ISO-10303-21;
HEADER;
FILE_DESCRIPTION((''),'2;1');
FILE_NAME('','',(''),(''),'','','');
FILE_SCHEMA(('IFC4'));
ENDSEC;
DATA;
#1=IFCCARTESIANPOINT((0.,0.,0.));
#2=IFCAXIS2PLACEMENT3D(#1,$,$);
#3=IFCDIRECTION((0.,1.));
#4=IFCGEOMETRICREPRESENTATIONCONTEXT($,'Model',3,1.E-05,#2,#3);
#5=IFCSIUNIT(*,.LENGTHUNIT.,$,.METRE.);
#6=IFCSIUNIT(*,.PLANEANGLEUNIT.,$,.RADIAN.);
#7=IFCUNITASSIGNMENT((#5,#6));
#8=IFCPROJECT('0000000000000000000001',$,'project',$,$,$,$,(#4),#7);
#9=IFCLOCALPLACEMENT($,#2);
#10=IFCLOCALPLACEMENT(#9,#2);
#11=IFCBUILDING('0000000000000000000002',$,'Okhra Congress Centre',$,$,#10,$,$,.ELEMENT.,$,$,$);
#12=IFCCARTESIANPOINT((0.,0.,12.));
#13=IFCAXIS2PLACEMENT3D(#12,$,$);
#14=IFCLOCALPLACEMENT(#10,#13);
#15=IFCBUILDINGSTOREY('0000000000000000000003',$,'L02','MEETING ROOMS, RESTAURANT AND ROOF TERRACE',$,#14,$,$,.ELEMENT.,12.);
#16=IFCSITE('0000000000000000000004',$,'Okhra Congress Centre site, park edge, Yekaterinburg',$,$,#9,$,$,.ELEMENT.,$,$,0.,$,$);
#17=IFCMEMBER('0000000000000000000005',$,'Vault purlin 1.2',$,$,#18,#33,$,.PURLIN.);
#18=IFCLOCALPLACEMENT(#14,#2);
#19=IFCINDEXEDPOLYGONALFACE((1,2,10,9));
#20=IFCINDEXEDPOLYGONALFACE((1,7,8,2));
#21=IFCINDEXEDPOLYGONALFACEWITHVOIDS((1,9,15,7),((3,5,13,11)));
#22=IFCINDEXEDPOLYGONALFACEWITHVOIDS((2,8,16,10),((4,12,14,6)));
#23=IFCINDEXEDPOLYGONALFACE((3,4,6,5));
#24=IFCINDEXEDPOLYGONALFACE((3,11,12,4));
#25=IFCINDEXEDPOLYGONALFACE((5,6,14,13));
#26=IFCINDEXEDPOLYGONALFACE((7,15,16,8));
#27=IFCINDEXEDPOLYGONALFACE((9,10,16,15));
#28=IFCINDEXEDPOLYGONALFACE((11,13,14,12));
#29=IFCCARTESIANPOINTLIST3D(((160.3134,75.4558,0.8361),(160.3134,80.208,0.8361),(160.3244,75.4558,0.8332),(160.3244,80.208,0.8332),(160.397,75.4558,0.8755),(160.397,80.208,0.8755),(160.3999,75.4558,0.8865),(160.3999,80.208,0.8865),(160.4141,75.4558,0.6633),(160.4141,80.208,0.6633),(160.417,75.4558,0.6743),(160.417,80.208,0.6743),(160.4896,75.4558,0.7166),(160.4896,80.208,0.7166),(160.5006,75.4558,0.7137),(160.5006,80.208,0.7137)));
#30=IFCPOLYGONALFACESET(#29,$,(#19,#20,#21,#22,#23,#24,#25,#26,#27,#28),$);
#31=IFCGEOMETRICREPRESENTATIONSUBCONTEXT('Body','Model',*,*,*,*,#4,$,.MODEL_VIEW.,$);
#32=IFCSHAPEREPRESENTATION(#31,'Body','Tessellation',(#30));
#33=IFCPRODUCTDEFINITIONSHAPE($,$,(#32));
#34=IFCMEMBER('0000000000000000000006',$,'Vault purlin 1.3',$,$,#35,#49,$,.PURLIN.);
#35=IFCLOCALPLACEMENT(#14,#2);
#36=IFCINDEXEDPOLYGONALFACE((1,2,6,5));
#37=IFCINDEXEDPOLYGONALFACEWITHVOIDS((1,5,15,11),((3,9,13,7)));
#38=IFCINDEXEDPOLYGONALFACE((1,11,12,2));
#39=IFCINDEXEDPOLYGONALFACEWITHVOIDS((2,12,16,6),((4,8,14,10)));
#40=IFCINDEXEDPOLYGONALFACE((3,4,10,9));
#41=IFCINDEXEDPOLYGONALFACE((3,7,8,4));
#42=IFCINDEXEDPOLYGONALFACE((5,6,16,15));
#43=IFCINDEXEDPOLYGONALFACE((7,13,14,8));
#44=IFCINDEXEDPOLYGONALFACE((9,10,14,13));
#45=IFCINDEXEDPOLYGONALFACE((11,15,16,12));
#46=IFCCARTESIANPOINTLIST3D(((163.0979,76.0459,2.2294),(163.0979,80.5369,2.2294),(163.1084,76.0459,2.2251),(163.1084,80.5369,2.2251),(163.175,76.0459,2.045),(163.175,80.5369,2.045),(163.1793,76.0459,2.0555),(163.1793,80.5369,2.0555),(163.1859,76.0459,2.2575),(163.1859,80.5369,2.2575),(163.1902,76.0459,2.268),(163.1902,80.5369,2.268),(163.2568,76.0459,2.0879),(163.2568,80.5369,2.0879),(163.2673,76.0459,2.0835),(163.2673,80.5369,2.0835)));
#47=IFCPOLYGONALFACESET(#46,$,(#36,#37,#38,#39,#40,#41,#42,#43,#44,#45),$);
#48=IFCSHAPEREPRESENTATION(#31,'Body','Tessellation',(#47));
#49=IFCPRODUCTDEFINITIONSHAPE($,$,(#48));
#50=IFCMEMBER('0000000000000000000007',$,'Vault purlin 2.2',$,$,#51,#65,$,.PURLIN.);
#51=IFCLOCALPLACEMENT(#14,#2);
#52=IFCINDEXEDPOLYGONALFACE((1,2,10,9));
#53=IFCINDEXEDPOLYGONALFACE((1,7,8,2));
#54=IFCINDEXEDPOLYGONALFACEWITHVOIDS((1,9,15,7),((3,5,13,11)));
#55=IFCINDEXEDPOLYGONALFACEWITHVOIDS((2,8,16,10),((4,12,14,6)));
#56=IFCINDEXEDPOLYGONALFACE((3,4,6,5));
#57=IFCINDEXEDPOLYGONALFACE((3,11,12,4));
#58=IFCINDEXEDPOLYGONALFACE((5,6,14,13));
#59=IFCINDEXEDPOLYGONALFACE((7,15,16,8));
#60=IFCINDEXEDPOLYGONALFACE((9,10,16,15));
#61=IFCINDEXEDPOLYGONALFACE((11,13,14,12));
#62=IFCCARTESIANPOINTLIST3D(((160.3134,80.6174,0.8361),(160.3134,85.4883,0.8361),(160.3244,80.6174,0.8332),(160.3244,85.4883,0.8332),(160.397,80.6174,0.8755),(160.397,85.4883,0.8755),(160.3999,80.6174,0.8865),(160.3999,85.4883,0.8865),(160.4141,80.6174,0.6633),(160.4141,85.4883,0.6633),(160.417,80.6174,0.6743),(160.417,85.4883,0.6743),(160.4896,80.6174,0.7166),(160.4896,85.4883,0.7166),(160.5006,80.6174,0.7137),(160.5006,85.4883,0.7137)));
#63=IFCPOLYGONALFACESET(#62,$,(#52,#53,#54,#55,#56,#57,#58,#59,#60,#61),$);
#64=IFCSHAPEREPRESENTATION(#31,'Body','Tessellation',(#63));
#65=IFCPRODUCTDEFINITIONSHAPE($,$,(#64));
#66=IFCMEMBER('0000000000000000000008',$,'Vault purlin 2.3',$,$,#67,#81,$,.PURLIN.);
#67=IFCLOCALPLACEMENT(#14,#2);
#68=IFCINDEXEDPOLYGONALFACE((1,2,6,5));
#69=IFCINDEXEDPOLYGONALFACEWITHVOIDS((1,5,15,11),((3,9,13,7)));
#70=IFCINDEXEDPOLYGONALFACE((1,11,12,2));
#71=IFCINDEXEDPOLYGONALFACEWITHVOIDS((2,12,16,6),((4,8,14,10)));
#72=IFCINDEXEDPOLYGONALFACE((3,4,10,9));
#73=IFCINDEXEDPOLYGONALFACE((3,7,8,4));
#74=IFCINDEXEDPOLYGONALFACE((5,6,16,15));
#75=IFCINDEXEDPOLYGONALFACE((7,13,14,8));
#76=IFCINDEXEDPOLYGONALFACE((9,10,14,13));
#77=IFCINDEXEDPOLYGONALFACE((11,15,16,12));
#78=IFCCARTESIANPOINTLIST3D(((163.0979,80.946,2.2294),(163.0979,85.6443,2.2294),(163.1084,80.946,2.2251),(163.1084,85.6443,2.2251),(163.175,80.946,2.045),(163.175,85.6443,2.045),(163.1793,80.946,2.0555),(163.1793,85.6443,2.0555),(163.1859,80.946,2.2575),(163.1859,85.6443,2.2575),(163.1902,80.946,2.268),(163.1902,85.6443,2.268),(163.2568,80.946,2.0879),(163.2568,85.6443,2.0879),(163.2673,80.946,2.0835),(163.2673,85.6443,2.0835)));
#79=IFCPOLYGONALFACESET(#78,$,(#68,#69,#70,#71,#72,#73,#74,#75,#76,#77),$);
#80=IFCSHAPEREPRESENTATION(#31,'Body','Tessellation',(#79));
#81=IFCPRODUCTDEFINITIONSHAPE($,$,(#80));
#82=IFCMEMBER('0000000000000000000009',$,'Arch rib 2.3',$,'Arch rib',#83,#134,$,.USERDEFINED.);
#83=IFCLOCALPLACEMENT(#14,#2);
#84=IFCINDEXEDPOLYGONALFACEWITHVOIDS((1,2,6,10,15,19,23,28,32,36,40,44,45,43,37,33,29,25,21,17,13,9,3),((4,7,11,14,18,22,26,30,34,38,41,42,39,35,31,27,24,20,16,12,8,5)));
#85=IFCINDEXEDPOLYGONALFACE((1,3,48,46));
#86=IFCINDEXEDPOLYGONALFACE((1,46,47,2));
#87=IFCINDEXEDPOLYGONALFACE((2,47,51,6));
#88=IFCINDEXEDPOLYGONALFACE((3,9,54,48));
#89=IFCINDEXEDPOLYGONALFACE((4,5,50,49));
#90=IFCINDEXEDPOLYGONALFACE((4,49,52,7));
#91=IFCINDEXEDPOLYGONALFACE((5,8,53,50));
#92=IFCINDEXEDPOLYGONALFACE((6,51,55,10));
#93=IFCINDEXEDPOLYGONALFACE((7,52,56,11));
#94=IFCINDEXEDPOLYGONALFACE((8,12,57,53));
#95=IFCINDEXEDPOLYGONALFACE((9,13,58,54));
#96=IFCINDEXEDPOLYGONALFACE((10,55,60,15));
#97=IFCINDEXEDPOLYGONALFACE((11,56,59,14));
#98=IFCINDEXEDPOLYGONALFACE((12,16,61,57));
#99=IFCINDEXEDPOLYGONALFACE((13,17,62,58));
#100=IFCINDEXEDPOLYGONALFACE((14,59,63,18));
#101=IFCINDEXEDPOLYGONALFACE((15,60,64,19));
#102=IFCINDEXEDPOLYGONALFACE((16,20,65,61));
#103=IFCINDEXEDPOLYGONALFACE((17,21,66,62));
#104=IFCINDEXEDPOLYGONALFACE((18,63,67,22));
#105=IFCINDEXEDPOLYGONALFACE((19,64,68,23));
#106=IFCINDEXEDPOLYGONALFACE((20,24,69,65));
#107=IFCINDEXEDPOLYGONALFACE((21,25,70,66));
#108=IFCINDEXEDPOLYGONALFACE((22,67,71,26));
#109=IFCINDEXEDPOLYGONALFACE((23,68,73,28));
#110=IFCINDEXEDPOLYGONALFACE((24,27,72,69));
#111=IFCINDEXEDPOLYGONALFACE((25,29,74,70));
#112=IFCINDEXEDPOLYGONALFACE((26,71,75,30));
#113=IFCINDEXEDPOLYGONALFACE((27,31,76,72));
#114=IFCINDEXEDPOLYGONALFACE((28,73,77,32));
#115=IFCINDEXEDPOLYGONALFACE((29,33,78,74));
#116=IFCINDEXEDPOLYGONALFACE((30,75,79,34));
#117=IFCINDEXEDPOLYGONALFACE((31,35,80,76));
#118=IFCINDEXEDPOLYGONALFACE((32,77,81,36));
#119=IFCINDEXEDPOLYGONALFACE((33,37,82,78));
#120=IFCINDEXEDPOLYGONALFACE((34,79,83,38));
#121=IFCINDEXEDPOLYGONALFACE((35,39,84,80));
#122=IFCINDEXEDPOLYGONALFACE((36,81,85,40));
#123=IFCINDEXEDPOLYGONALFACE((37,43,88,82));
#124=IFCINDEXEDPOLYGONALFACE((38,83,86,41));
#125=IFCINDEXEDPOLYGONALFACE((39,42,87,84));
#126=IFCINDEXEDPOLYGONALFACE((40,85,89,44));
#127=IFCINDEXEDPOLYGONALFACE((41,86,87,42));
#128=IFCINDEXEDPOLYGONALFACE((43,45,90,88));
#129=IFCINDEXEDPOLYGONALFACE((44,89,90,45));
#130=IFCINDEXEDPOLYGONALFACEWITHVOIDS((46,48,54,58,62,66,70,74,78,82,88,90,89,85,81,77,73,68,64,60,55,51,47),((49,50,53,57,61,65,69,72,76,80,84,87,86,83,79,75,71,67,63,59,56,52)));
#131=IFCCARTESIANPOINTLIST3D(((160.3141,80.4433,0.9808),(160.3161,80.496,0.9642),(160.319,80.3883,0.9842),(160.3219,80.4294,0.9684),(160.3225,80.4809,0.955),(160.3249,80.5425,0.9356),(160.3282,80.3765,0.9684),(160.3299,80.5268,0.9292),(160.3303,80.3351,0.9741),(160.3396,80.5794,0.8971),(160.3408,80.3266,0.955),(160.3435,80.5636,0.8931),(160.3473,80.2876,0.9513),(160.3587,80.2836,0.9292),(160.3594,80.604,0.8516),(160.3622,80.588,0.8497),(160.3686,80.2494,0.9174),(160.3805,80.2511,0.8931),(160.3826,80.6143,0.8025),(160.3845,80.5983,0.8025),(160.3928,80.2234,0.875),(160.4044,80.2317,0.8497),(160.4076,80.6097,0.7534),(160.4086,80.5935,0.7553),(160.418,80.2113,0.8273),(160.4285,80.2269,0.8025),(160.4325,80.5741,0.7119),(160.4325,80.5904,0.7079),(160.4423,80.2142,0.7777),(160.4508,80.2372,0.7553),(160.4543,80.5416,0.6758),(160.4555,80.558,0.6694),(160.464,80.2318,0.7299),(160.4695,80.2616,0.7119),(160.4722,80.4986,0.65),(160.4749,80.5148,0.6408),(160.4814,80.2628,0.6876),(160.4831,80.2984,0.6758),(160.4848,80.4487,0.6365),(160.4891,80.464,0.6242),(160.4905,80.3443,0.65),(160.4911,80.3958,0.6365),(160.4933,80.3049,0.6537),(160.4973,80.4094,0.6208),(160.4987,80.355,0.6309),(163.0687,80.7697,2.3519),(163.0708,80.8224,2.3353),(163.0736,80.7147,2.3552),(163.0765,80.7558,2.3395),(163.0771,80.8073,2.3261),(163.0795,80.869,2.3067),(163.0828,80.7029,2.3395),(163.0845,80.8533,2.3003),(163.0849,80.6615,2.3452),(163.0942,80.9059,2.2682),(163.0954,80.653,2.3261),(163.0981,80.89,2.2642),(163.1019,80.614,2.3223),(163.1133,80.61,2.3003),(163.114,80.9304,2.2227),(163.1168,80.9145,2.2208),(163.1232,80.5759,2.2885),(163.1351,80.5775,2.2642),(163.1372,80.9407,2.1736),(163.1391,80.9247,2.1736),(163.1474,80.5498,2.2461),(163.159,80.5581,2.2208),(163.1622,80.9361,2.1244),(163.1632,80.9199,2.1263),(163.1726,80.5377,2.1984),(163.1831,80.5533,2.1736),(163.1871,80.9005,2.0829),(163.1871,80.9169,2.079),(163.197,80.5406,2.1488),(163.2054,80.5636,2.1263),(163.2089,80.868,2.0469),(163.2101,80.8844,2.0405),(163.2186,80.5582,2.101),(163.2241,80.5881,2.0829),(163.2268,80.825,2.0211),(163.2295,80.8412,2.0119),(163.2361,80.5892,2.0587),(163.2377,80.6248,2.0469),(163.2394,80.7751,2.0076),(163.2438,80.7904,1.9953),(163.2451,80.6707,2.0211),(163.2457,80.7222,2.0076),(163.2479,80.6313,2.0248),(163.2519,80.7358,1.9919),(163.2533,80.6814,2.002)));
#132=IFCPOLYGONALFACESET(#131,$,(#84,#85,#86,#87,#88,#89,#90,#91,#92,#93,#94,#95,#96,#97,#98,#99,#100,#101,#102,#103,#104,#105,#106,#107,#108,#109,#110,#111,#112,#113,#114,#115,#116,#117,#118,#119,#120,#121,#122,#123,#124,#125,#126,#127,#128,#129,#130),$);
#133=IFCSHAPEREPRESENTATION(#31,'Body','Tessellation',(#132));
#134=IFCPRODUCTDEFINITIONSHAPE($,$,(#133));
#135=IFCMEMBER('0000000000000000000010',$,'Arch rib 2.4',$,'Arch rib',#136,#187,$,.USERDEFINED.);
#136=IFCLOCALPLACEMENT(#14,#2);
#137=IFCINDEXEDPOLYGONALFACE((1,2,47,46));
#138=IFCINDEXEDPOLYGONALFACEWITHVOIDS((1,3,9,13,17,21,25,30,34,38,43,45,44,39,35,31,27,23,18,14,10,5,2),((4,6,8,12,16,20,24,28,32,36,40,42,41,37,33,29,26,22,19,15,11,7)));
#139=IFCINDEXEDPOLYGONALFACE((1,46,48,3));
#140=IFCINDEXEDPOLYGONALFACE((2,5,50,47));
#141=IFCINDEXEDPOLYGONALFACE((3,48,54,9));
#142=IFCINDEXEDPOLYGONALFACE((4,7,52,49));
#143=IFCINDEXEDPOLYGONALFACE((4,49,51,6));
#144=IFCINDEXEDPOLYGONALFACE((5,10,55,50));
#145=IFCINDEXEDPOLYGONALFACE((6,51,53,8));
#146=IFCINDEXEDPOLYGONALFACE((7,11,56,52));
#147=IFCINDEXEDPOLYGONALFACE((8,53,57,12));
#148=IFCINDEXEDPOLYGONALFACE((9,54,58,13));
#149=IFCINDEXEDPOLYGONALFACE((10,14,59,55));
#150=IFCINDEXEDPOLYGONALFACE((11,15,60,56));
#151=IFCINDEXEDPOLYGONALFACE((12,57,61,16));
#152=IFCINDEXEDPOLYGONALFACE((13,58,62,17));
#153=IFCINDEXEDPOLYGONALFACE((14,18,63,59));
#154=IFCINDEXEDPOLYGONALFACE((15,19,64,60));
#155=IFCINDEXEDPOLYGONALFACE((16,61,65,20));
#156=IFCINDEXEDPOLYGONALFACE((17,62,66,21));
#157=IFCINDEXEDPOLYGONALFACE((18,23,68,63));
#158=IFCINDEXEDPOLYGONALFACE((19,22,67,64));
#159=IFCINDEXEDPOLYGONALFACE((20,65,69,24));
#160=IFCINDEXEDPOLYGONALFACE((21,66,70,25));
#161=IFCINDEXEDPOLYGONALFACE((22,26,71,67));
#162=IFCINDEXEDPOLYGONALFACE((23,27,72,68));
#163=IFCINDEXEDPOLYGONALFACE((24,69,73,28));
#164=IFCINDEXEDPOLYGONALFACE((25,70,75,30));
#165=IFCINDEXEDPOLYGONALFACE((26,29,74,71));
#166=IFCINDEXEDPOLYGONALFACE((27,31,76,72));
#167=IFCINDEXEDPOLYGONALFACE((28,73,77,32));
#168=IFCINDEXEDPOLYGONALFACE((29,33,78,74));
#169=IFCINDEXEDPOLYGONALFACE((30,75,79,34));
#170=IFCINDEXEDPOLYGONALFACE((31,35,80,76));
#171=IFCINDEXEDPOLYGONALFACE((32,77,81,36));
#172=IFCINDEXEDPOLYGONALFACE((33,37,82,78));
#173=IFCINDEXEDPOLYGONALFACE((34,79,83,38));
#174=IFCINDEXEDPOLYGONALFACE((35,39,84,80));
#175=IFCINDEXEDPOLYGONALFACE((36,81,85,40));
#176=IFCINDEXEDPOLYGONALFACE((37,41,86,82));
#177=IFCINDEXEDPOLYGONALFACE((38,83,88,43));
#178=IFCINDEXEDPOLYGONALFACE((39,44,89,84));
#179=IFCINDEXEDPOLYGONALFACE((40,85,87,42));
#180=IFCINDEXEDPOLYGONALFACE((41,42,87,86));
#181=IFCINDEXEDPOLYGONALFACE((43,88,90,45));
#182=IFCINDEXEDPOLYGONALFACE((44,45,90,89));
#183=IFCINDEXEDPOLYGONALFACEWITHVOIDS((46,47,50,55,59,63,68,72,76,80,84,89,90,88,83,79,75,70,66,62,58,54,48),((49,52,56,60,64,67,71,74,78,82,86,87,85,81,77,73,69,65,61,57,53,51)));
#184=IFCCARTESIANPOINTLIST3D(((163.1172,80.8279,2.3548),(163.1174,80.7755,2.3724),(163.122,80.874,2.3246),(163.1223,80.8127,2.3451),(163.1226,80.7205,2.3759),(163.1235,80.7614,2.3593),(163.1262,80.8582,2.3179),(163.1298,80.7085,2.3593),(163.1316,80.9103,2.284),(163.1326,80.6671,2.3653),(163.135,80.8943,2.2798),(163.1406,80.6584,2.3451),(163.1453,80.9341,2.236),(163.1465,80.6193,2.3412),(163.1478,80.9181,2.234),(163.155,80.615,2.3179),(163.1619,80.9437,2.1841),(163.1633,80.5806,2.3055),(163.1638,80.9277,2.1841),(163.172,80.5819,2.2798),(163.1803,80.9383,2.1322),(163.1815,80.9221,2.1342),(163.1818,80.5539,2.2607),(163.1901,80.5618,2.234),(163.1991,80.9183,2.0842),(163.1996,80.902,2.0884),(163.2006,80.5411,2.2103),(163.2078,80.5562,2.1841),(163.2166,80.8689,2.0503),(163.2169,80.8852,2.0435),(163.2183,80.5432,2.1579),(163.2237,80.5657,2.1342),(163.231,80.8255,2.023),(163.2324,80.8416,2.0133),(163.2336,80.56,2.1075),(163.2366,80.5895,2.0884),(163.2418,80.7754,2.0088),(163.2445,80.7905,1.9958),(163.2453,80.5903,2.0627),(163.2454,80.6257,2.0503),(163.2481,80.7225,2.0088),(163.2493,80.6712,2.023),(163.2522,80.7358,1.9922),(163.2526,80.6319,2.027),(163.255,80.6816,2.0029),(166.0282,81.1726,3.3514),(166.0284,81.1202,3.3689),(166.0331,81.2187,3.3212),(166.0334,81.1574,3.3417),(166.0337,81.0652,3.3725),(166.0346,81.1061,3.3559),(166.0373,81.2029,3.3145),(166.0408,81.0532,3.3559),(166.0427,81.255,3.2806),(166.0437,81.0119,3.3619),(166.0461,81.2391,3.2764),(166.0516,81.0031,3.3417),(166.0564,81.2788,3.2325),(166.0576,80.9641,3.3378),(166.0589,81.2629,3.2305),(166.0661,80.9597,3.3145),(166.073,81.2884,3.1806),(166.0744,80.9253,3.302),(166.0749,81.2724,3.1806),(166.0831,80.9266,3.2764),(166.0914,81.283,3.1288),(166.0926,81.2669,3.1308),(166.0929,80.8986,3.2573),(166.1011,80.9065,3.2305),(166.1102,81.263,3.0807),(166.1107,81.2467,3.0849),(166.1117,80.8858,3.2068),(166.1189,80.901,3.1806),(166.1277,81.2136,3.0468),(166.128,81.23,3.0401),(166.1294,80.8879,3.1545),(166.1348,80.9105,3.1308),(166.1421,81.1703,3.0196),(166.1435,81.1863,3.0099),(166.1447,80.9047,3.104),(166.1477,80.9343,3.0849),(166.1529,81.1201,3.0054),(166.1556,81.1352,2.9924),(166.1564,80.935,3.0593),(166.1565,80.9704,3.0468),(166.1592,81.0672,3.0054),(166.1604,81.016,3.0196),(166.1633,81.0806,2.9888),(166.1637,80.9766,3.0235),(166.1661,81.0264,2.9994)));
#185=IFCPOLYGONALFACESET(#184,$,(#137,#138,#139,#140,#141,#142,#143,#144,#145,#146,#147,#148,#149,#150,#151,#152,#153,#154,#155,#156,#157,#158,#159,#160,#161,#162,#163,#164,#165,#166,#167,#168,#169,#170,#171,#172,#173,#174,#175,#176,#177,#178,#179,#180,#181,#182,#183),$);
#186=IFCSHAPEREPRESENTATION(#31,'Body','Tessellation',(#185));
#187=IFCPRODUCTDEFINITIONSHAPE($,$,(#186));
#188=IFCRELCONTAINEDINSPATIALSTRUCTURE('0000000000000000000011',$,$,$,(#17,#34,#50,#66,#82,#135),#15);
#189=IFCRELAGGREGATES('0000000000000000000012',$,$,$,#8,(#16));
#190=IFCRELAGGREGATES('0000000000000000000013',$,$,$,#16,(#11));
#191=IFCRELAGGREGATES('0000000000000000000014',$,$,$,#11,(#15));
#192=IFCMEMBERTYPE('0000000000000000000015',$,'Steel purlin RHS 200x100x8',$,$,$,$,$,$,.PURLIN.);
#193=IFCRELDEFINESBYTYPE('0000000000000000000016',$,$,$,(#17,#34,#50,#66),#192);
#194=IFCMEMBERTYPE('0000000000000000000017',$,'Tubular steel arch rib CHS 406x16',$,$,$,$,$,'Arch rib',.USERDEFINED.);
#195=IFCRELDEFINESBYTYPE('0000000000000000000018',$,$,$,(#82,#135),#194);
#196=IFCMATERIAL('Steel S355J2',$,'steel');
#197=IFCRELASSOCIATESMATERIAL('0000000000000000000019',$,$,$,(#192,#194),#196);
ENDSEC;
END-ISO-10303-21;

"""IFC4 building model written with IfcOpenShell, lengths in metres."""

from ifc_helpers import new_model, si_unit, direction, frame, origin, origin_2d, place, context, subcontext, project, spatial, hollow_rectangle, hollow_circle, extrude, material, material_profile, profile_set, type_object, element, save


model = new_model("IFC4")

# Units and contexts
model_context = context("Model", 3, precision=1e-05, world=origin(), true_north=direction((0.0, 1.0)))
body_context = subcontext(model_context, "Body", "Model", "MODEL_VIEW")
ifc_project = project(units=[si_unit("LENGTHUNIT", "METRE"), si_unit("PLANEANGLEUNIT", "RADIAN")], contexts=[model_context])

# Site, building, storey
site_placement = place(None, origin())
site = spatial("IfcSite", under=ifc_project, at=site_placement, Name="Okhra Congress Centre site, park edge, Yekaterinburg", CompositionType="ELEMENT", RefElevation=0.0)
building_placement = place(site_placement, origin())
building = spatial("IfcBuilding", under=site, at=building_placement, Name="Okhra Congress Centre", CompositionType="ELEMENT")
storey_placement = place(building_placement, frame((0.0, 0.0, 12.0)))
storey = spatial("IfcBuildingStorey", under=building, at=storey_placement, Name="L02", Description="MEETING ROOMS, RESTAURANT AND ROOF TERRACE", CompositionType="ELEMENT", Elevation=12.0)

# Shared definitions
ifc_material_1 = material(Name="Steel S355J2", Category="steel")

# Members
ifc_material_profile_1 = material_profile(ifc_material_1, hollow_rectangle(XDim=0.1001, YDim=0.2, WallThickness=0.0081, at=origin_2d()), Name="RHS 200x100x8")
ifc_profile_set_1 = profile_set([ifc_material_profile_1], Name="Steel S355J2")
member_type_1 = type_object("IfcMemberType", Name="Steel purlin RHS 200x100x8", PredefinedType="PURLIN", material=ifc_profile_set_1)
member_1_placement = place(storey_placement, frame((160.407, 75.4558, 0.7749), z_axis=(0.0, 1.0, 0.0), x_axis=(-0.863917, 0.0, -0.503634)))
element("IfcMember", 1, at=member_1_placement, inside=storey, type_object=member_type_1, Name="Vault purlin 1.2", PredefinedType="PURLIN", context=body_context, shape_type="SweptSolid", body=[
    extrude(hollow_rectangle(XDim=0.1001, YDim=0.2, WallThickness=0.0081, at=origin_2d()), origin(), (0.0, 0.0, 1.0), 4.7522),
])
member_2_placement = place(storey_placement, frame((163.1826, 76.0459, 2.1565), z_axis=(0.0, 1.0, 0.0), x_axis=(-0.922669, 0.0, -0.385593)))
element("IfcMember", 2, at=member_2_placement, inside=storey, type_object=member_type_1, Name="Vault purlin 1.3", PredefinedType="PURLIN", context=body_context, shape_type="SweptSolid", body=[
    extrude(hollow_rectangle(XDim=0.1001, YDim=0.2, WallThickness=0.0081, at=origin_2d()), origin(), (0.0, 0.0, 1.0), 4.491),
])
member_3_placement = place(storey_placement, frame((160.407, 80.6174, 0.7749), z_axis=(0.0, 1.0, 0.0), x_axis=(-0.863917, 0.0, -0.503634)))
element("IfcMember", 3, at=member_3_placement, inside=storey, type_object=member_type_1, Name="Vault purlin 2.2", PredefinedType="PURLIN", context=body_context, shape_type="SweptSolid", body=[
    extrude(hollow_rectangle(XDim=0.1001, YDim=0.2, WallThickness=0.0081, at=origin_2d()), origin(), (0.0, 0.0, 1.0), 4.8708),
])
member_4_placement = place(storey_placement, frame((163.1826, 80.946, 2.1565), z_axis=(0.0, 1.0, 0.0), x_axis=(-0.922669, 0.0, -0.385593)))
element("IfcMember", 4, at=member_4_placement, inside=storey, type_object=member_type_1, Name="Vault purlin 2.3", PredefinedType="PURLIN", context=body_context, shape_type="SweptSolid", body=[
    extrude(hollow_rectangle(XDim=0.1001, YDim=0.2, WallThickness=0.0081, at=origin_2d()), origin(), (0.0, 0.0, 1.0), 4.6982),
])
ifc_material_profile_2 = material_profile(ifc_material_1, hollow_circle(Radius=0.2031, WallThickness=0.0161, at=origin_2d()), Name="CHS 406.4x16")
ifc_profile_set_2 = profile_set([ifc_material_profile_2], Name="Steel S355J2")
member_type_2 = type_object("IfcMemberType", Name="Tubular steel arch rib CHS 406x16", ElementType="Arch rib", PredefinedType="USERDEFINED", material=ifc_profile_set_2)
member_5_placement = place(storey_placement, frame((160.4065, 80.4126, 0.8025), z_axis=(0.89024, 0.105491, 0.443108), x_axis=(-0.117674, 0.993052, 0.0)))
element("IfcMember", 5, at=member_5_placement, inside=storey, type_object=member_type_2, Name="Arch rib 2.3", ObjectType="Arch rib", PredefinedType="USERDEFINED", context=body_context, shape_type="SweptSolid", body=[
    extrude(hollow_circle(Radius=0.2031, WallThickness=0.0161, at=origin_2d()), origin(), (0.0, 0.0, 1.0), 3.0942),
])
member_6_placement = place(storey_placement, frame((163.1858, 80.7419, 2.1841), z_axis=(0.940215, 0.111337, 0.321868), x_axis=(-0.117595, 0.993062, 0.0)))
element("IfcMember", 6, at=member_6_placement, inside=storey, type_object=member_type_2, Name="Arch rib 2.4", ObjectType="Arch rib", PredefinedType="USERDEFINED", context=body_context, shape_type="SweptSolid", body=[
    extrude(hollow_circle(Radius=0.2031, WallThickness=0.0161, at=origin_2d()), origin(), (0.0, 0.0, 1.0), 3.0962),
])

save(model, "model.ifc")
